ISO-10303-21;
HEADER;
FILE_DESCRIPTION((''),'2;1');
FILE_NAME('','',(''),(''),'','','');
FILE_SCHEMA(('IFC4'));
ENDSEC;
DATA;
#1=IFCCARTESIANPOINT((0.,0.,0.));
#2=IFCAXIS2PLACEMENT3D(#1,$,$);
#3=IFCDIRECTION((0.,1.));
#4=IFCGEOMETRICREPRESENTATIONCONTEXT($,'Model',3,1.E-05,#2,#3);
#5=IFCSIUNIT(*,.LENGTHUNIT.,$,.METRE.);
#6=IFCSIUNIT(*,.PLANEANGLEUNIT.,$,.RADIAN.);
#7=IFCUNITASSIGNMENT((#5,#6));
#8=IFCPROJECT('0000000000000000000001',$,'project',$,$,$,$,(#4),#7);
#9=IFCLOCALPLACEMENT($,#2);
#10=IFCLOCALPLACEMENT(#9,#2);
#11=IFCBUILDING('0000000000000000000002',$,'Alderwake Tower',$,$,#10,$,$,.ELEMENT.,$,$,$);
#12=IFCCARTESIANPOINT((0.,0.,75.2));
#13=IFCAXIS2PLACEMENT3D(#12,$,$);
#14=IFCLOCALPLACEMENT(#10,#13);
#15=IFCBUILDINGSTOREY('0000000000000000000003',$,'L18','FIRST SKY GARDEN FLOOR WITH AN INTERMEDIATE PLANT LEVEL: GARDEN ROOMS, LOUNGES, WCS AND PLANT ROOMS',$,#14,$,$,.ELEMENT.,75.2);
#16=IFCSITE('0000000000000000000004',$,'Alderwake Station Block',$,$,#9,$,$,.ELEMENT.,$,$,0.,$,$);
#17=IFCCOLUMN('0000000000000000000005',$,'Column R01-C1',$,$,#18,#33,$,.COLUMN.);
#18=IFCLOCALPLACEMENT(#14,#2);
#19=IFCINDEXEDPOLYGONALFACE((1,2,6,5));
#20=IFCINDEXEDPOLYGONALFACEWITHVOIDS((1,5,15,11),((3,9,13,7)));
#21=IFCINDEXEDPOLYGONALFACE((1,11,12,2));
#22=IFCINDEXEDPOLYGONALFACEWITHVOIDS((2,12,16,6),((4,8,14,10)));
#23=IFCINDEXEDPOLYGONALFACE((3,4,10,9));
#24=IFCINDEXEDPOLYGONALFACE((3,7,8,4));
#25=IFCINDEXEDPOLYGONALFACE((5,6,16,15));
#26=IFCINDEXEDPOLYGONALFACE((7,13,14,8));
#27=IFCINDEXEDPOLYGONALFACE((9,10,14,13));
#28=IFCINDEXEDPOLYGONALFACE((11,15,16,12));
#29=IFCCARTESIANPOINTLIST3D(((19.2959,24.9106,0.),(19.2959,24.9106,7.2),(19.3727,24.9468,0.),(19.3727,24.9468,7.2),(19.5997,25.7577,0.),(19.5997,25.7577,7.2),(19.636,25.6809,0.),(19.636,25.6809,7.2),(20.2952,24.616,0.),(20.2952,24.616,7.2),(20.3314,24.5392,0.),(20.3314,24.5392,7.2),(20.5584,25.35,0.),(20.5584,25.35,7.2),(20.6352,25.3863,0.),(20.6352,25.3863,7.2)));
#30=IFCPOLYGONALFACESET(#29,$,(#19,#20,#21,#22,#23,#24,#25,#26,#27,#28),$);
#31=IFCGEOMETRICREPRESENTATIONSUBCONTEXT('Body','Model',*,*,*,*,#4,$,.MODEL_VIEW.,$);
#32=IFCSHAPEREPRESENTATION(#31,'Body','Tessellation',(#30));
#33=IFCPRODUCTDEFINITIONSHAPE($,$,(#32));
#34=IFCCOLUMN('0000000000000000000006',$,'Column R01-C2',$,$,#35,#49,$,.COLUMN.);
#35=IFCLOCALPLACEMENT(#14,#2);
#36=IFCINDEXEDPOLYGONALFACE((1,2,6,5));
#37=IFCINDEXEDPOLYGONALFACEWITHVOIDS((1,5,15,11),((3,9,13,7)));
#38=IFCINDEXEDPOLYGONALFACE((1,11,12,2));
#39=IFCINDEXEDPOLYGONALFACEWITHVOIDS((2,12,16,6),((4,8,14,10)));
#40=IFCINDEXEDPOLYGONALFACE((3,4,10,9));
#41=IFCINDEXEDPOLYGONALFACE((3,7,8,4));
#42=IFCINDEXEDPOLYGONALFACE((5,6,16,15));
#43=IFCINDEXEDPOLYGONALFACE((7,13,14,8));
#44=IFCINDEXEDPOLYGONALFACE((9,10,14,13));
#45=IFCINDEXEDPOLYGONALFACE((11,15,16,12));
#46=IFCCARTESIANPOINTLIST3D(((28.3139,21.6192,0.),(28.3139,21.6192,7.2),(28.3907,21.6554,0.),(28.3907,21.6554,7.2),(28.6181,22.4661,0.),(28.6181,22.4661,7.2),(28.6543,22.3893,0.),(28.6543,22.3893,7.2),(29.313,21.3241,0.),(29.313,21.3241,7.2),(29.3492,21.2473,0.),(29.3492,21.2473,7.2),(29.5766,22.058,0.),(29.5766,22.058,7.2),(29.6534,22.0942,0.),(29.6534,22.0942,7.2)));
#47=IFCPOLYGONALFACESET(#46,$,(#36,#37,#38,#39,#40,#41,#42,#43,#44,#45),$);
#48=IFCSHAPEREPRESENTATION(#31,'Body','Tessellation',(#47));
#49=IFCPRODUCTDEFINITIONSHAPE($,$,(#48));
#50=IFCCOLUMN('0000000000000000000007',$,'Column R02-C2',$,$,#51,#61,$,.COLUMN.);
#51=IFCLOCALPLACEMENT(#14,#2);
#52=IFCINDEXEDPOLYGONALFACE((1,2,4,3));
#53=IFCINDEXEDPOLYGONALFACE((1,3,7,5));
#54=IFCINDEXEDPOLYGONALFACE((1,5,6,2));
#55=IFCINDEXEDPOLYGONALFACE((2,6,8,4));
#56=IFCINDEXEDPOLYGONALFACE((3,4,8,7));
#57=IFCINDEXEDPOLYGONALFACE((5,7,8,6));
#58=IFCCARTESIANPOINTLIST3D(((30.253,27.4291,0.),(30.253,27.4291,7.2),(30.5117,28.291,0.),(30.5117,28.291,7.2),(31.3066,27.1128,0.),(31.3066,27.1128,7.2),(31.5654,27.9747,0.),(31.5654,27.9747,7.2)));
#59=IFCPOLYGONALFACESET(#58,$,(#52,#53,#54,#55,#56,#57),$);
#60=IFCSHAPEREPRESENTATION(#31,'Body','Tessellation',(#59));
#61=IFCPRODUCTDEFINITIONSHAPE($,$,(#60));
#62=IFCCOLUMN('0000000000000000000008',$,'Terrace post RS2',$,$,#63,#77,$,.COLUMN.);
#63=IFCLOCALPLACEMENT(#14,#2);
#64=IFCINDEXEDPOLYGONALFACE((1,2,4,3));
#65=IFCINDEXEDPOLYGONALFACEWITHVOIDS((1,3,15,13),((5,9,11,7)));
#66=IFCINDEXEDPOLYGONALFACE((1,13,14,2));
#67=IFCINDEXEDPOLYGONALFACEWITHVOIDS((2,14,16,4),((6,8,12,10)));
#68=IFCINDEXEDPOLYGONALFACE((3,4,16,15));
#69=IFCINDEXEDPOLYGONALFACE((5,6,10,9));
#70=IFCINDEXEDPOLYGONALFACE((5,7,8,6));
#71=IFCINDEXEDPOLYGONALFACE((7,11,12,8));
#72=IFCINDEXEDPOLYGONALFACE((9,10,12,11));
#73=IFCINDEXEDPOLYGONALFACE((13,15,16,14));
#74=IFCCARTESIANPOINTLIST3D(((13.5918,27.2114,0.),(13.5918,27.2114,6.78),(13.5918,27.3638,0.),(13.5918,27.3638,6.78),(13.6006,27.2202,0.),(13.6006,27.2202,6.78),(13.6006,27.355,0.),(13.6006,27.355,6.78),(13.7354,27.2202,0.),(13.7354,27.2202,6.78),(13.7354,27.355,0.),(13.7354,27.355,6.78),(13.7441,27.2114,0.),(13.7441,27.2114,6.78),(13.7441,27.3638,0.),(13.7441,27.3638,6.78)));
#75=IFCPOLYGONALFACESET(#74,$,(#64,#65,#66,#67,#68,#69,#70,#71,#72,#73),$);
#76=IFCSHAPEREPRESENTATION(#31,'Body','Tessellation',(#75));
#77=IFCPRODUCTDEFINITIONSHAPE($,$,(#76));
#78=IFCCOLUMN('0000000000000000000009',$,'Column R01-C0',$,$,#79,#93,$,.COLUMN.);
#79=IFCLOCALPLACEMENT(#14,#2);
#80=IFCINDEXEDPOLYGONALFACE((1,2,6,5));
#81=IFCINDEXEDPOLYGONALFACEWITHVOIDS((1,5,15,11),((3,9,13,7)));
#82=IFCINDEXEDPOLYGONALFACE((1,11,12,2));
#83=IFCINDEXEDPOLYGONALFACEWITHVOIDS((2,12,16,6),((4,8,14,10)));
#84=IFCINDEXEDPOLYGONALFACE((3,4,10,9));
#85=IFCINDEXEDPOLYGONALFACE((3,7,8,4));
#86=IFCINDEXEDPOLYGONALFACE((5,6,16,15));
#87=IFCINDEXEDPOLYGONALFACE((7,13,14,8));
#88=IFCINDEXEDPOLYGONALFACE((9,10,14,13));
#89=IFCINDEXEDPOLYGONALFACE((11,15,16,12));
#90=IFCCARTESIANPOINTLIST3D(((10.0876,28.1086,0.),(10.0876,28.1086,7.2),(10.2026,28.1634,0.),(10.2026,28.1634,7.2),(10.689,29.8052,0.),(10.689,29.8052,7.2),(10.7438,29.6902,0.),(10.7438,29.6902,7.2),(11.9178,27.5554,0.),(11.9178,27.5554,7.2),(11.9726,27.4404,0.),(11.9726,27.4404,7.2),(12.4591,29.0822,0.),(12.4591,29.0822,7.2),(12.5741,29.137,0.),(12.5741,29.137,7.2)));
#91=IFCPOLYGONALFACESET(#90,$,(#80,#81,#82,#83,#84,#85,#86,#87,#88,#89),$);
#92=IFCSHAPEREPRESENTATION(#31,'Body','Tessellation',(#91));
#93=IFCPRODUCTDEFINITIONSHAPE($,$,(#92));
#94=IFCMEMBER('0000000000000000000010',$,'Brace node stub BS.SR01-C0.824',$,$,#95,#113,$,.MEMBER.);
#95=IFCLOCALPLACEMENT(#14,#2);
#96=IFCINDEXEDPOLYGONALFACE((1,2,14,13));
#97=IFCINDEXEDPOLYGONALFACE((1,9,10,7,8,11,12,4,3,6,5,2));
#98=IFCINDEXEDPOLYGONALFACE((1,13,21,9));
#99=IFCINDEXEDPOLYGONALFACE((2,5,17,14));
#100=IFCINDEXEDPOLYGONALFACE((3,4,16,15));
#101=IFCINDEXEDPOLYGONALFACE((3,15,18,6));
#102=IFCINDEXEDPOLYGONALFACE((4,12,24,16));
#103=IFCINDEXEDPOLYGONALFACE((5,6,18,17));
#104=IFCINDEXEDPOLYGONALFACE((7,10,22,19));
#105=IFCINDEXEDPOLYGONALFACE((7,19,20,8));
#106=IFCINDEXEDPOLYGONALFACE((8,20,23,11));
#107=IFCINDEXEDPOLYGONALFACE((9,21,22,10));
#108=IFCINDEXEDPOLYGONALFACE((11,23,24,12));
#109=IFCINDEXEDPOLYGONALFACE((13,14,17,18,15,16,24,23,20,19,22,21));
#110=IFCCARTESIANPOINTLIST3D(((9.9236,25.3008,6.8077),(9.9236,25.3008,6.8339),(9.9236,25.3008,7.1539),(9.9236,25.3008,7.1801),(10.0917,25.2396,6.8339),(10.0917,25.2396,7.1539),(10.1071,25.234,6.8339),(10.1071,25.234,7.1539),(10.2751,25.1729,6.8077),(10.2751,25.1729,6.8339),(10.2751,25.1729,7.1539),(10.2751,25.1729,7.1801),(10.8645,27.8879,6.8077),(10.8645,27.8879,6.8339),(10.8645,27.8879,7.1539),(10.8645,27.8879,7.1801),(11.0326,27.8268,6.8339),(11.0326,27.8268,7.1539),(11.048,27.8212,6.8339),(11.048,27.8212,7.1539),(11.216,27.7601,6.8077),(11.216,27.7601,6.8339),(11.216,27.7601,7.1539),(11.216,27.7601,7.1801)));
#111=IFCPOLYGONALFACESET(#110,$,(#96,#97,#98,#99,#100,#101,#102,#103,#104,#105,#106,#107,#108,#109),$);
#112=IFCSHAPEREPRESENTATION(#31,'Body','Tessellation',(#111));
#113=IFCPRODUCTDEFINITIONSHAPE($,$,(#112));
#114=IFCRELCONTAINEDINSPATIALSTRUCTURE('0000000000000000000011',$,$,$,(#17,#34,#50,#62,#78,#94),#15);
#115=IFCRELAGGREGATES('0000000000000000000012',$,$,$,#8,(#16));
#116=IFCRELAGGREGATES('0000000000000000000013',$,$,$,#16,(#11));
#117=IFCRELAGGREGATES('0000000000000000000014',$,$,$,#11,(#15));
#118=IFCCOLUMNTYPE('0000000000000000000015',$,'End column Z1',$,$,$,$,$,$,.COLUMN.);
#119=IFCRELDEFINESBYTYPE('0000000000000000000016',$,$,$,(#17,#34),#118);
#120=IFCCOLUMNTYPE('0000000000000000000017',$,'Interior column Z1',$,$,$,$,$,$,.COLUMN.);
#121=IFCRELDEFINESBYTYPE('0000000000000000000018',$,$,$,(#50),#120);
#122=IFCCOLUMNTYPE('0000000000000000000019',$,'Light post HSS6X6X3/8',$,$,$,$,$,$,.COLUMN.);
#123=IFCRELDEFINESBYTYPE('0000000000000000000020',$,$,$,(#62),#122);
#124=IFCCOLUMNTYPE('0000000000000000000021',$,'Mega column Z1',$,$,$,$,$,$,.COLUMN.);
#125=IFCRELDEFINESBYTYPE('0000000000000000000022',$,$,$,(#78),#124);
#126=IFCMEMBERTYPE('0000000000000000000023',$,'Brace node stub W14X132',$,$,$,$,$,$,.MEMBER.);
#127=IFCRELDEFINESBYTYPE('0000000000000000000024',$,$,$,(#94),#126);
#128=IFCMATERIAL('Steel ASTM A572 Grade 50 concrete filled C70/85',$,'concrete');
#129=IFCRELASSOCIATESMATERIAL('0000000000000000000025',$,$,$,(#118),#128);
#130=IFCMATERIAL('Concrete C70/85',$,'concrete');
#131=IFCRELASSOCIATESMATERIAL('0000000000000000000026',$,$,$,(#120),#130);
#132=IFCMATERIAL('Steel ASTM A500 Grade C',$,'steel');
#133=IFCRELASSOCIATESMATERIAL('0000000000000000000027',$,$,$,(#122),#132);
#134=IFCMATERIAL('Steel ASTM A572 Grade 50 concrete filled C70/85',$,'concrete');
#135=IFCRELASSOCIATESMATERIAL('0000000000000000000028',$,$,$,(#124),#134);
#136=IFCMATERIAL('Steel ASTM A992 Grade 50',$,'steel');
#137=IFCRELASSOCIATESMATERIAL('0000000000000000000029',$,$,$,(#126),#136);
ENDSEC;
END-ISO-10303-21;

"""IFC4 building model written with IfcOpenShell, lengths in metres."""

from ifc_helpers import new_model, si_unit, direction, frame, origin, origin_2d, place, context, subcontext, project, spatial, rectangle, hollow_rectangle, i_section, extrude, material, material_profile, profile_set, type_object, element, save


model = new_model("IFC4")

# Units and contexts
model_context = context("Model", 3, precision=1e-05, world=origin(), true_north=direction((0.0, 1.0)))
body_context = subcontext(model_context, "Body", "Model", "MODEL_VIEW")
ifc_project = project(units=[si_unit("LENGTHUNIT", "METRE"), si_unit("PLANEANGLEUNIT", "RADIAN")], contexts=[model_context])

# Site, building, storey
site_placement = place(None, origin())
site = spatial("IfcSite", under=ifc_project, at=site_placement, Name="Alderwake Station Block", CompositionType="ELEMENT", RefElevation=0.0)
building_placement = place(site_placement, origin())
building = spatial("IfcBuilding", under=site, at=building_placement, Name="Alderwake Tower", CompositionType="ELEMENT")
storey_placement = place(building_placement, frame((0.0, 0.0, 75.2)))
storey = spatial("IfcBuildingStorey", under=building, at=storey_placement, Name="L18", Description="FIRST SKY GARDEN FLOOR WITH AN INTERMEDIATE PLANT LEVEL: GARDEN ROOMS, LOUNGES, WCS AND PLANT ROOMS", CompositionType="ELEMENT", Elevation=75.2)

# Columns
ifc_material_1 = material(Name="Steel ASTM A572 Grade 50 concrete filled C70/85", Category="concrete")
ifc_material_profile_1 = material_profile(ifc_material_1, hollow_rectangle(XDim=0.8999, YDim=1.1001, WallThickness=0.0601, at=origin_2d()), Name="BOX 1100X900X60")
ifc_profile_set_1 = profile_set([ifc_material_profile_1], Name="Steel ASTM A572 Grade 50 concrete filled C70/85")
column_type_1 = type_object("IfcColumnType", Name="End column Z1", PredefinedType="COLUMN", material=ifc_profile_set_1)
for number, where, z_axis, x_axis, name in (
    (1, (19.9656, 25.1484, 0.0), (0.0, 0.0, 1.0), (0.337585, 0.941295, 0.0), "Column R01-C1"),
    (2, (28.9836, 21.8567, 0.0), (0.0, 0.0, 1.0), (0.338027, 0.941136, 0.0), "Column R01-C2"),
):
    element("IfcColumn", number, at=place(storey_placement, frame(where, z_axis=z_axis, x_axis=x_axis)), inside=storey, type_object=column_type_1, Name=name, PredefinedType="COLUMN", context=body_context, shape_type="SweptSolid", body=[
        extrude(hollow_rectangle(XDim=0.8999, YDim=1.1001, WallThickness=0.0601, at=origin_2d()), origin(), (0.0, 0.0, 1.0), 7.2),
    ])
ifc_material_2 = material(Name="Concrete C70/85", Category="concrete")
ifc_material_profile_2 = material_profile(ifc_material_2, rectangle(XDim=0.8999, YDim=1.1001, at=origin_2d()), Name="RC 1100X900")
ifc_profile_set_2 = profile_set([ifc_material_profile_2], Name="Concrete C70/85")
column_type_2 = type_object("IfcColumnType", Name="Interior column Z1", PredefinedType="COLUMN", material=ifc_profile_set_2)
column_1_placement = place(storey_placement, frame((30.9092, 27.7019, 0.0), z_axis=(0.0, 0.0, 1.0), x_axis=(0.287549, 0.957766, 0.0)))
element("IfcColumn", 3, at=column_1_placement, inside=storey, type_object=column_type_2, Name="Column R02-C2", PredefinedType="COLUMN", context=body_context, shape_type="SweptSolid", body=[
    extrude(rectangle(XDim=0.8999, YDim=1.1001, at=origin_2d()), origin(), (0.0, 0.0, 1.0), 7.2),
])
ifc_material_3 = material(Name="Steel ASTM A500 Grade C", Category="steel")
ifc_material_profile_3 = material_profile(ifc_material_3, hollow_rectangle(XDim=0.1523, YDim=0.1523, WallThickness=0.0088, at=origin_2d()), Name="HSS6X6X3/8")
ifc_profile_set_3 = profile_set([ifc_material_profile_3], Name="Steel ASTM A500 Grade C")
column_type_3 = type_object("IfcColumnType", Name="Light post HSS6X6X3/8", PredefinedType="COLUMN", material=ifc_profile_set_3)
column_2_placement = place(storey_placement, frame((13.668, 27.2876, 0.0), z_axis=(0.0, 0.0, 1.0), x_axis=(1.0, 0.0, 0.0)))
element("IfcColumn", 4, at=column_2_placement, inside=storey, type_object=column_type_3, Name="Terrace post RS2", PredefinedType="COLUMN", context=body_context, shape_type="SweptSolid", body=[
    extrude(hollow_rectangle(XDim=0.1523, YDim=0.1523, WallThickness=0.0088, at=origin_2d()), origin(), (0.0, 0.0, 1.0), 6.78),
])
ifc_material_4 = material(Name="Steel ASTM A572 Grade 50 concrete filled C70/85", Category="concrete")
ifc_material_profile_4 = material_profile(ifc_material_4, hollow_rectangle(XDim=1.8, YDim=2.0, WallThickness=0.0901, at=origin_2d()), Name="BOX 2000X1800X90")
ifc_profile_set_4 = profile_set([ifc_material_profile_4], Name="Steel ASTM A572 Grade 50 concrete filled C70/85")
column_type_4 = type_object("IfcColumnType", Name="Mega column Z1", PredefinedType="COLUMN", material=ifc_profile_set_4)
column_3_placement = place(storey_placement, frame((11.3308, 28.6228, 0.0), z_axis=(0.0, 0.0, 1.0), x_axis=(0.334131, 0.942527, 0.0)))
element("IfcColumn", 5, at=column_3_placement, inside=storey, type_object=column_type_4, Name="Column R01-C0", PredefinedType="COLUMN", context=body_context, shape_type="SweptSolid", body=[
    extrude(hollow_rectangle(XDim=1.8, YDim=2.0, WallThickness=0.0901, at=origin_2d()), origin(), (0.0, 0.0, 1.0), 7.2),
])

# Member
ifc_material_5 = material(Name="Steel ASTM A992 Grade 50", Category="steel")
ifc_material_profile_5 = material_profile(ifc_material_5, i_section(OverallWidth=0.374, OverallDepth=0.3723, WebThickness=0.0164, FlangeThickness=0.0261, at=origin_2d()), Name="W14X132")
ifc_profile_set_5 = profile_set([ifc_material_profile_5], Name="Steel ASTM A992 Grade 50")
member_type = type_object("IfcMemberType", Name="Brace node stub W14X132", PredefinedType="MEMBER", material=ifc_profile_set_5)
member_placement = place(storey_placement, frame((11.0403, 27.824, 6.9939), z_axis=(-0.341786, -0.939778, 0.0), x_axis=(0.939778, -0.341786, 0.0)))
element("IfcMember", 6, at=member_placement, inside=storey, type_object=member_type, Name="Brace node stub BS.SR01-C0.824", PredefinedType="MEMBER", context=body_context, shape_type="SweptSolid", body=[
    extrude(i_section(OverallWidth=0.374, OverallDepth=0.3723, WebThickness=0.0164, FlangeThickness=0.0261, at=origin_2d()), origin(), (0.0, 0.0, 1.0), 2.7529),
])

save(model, "model.ifc")
